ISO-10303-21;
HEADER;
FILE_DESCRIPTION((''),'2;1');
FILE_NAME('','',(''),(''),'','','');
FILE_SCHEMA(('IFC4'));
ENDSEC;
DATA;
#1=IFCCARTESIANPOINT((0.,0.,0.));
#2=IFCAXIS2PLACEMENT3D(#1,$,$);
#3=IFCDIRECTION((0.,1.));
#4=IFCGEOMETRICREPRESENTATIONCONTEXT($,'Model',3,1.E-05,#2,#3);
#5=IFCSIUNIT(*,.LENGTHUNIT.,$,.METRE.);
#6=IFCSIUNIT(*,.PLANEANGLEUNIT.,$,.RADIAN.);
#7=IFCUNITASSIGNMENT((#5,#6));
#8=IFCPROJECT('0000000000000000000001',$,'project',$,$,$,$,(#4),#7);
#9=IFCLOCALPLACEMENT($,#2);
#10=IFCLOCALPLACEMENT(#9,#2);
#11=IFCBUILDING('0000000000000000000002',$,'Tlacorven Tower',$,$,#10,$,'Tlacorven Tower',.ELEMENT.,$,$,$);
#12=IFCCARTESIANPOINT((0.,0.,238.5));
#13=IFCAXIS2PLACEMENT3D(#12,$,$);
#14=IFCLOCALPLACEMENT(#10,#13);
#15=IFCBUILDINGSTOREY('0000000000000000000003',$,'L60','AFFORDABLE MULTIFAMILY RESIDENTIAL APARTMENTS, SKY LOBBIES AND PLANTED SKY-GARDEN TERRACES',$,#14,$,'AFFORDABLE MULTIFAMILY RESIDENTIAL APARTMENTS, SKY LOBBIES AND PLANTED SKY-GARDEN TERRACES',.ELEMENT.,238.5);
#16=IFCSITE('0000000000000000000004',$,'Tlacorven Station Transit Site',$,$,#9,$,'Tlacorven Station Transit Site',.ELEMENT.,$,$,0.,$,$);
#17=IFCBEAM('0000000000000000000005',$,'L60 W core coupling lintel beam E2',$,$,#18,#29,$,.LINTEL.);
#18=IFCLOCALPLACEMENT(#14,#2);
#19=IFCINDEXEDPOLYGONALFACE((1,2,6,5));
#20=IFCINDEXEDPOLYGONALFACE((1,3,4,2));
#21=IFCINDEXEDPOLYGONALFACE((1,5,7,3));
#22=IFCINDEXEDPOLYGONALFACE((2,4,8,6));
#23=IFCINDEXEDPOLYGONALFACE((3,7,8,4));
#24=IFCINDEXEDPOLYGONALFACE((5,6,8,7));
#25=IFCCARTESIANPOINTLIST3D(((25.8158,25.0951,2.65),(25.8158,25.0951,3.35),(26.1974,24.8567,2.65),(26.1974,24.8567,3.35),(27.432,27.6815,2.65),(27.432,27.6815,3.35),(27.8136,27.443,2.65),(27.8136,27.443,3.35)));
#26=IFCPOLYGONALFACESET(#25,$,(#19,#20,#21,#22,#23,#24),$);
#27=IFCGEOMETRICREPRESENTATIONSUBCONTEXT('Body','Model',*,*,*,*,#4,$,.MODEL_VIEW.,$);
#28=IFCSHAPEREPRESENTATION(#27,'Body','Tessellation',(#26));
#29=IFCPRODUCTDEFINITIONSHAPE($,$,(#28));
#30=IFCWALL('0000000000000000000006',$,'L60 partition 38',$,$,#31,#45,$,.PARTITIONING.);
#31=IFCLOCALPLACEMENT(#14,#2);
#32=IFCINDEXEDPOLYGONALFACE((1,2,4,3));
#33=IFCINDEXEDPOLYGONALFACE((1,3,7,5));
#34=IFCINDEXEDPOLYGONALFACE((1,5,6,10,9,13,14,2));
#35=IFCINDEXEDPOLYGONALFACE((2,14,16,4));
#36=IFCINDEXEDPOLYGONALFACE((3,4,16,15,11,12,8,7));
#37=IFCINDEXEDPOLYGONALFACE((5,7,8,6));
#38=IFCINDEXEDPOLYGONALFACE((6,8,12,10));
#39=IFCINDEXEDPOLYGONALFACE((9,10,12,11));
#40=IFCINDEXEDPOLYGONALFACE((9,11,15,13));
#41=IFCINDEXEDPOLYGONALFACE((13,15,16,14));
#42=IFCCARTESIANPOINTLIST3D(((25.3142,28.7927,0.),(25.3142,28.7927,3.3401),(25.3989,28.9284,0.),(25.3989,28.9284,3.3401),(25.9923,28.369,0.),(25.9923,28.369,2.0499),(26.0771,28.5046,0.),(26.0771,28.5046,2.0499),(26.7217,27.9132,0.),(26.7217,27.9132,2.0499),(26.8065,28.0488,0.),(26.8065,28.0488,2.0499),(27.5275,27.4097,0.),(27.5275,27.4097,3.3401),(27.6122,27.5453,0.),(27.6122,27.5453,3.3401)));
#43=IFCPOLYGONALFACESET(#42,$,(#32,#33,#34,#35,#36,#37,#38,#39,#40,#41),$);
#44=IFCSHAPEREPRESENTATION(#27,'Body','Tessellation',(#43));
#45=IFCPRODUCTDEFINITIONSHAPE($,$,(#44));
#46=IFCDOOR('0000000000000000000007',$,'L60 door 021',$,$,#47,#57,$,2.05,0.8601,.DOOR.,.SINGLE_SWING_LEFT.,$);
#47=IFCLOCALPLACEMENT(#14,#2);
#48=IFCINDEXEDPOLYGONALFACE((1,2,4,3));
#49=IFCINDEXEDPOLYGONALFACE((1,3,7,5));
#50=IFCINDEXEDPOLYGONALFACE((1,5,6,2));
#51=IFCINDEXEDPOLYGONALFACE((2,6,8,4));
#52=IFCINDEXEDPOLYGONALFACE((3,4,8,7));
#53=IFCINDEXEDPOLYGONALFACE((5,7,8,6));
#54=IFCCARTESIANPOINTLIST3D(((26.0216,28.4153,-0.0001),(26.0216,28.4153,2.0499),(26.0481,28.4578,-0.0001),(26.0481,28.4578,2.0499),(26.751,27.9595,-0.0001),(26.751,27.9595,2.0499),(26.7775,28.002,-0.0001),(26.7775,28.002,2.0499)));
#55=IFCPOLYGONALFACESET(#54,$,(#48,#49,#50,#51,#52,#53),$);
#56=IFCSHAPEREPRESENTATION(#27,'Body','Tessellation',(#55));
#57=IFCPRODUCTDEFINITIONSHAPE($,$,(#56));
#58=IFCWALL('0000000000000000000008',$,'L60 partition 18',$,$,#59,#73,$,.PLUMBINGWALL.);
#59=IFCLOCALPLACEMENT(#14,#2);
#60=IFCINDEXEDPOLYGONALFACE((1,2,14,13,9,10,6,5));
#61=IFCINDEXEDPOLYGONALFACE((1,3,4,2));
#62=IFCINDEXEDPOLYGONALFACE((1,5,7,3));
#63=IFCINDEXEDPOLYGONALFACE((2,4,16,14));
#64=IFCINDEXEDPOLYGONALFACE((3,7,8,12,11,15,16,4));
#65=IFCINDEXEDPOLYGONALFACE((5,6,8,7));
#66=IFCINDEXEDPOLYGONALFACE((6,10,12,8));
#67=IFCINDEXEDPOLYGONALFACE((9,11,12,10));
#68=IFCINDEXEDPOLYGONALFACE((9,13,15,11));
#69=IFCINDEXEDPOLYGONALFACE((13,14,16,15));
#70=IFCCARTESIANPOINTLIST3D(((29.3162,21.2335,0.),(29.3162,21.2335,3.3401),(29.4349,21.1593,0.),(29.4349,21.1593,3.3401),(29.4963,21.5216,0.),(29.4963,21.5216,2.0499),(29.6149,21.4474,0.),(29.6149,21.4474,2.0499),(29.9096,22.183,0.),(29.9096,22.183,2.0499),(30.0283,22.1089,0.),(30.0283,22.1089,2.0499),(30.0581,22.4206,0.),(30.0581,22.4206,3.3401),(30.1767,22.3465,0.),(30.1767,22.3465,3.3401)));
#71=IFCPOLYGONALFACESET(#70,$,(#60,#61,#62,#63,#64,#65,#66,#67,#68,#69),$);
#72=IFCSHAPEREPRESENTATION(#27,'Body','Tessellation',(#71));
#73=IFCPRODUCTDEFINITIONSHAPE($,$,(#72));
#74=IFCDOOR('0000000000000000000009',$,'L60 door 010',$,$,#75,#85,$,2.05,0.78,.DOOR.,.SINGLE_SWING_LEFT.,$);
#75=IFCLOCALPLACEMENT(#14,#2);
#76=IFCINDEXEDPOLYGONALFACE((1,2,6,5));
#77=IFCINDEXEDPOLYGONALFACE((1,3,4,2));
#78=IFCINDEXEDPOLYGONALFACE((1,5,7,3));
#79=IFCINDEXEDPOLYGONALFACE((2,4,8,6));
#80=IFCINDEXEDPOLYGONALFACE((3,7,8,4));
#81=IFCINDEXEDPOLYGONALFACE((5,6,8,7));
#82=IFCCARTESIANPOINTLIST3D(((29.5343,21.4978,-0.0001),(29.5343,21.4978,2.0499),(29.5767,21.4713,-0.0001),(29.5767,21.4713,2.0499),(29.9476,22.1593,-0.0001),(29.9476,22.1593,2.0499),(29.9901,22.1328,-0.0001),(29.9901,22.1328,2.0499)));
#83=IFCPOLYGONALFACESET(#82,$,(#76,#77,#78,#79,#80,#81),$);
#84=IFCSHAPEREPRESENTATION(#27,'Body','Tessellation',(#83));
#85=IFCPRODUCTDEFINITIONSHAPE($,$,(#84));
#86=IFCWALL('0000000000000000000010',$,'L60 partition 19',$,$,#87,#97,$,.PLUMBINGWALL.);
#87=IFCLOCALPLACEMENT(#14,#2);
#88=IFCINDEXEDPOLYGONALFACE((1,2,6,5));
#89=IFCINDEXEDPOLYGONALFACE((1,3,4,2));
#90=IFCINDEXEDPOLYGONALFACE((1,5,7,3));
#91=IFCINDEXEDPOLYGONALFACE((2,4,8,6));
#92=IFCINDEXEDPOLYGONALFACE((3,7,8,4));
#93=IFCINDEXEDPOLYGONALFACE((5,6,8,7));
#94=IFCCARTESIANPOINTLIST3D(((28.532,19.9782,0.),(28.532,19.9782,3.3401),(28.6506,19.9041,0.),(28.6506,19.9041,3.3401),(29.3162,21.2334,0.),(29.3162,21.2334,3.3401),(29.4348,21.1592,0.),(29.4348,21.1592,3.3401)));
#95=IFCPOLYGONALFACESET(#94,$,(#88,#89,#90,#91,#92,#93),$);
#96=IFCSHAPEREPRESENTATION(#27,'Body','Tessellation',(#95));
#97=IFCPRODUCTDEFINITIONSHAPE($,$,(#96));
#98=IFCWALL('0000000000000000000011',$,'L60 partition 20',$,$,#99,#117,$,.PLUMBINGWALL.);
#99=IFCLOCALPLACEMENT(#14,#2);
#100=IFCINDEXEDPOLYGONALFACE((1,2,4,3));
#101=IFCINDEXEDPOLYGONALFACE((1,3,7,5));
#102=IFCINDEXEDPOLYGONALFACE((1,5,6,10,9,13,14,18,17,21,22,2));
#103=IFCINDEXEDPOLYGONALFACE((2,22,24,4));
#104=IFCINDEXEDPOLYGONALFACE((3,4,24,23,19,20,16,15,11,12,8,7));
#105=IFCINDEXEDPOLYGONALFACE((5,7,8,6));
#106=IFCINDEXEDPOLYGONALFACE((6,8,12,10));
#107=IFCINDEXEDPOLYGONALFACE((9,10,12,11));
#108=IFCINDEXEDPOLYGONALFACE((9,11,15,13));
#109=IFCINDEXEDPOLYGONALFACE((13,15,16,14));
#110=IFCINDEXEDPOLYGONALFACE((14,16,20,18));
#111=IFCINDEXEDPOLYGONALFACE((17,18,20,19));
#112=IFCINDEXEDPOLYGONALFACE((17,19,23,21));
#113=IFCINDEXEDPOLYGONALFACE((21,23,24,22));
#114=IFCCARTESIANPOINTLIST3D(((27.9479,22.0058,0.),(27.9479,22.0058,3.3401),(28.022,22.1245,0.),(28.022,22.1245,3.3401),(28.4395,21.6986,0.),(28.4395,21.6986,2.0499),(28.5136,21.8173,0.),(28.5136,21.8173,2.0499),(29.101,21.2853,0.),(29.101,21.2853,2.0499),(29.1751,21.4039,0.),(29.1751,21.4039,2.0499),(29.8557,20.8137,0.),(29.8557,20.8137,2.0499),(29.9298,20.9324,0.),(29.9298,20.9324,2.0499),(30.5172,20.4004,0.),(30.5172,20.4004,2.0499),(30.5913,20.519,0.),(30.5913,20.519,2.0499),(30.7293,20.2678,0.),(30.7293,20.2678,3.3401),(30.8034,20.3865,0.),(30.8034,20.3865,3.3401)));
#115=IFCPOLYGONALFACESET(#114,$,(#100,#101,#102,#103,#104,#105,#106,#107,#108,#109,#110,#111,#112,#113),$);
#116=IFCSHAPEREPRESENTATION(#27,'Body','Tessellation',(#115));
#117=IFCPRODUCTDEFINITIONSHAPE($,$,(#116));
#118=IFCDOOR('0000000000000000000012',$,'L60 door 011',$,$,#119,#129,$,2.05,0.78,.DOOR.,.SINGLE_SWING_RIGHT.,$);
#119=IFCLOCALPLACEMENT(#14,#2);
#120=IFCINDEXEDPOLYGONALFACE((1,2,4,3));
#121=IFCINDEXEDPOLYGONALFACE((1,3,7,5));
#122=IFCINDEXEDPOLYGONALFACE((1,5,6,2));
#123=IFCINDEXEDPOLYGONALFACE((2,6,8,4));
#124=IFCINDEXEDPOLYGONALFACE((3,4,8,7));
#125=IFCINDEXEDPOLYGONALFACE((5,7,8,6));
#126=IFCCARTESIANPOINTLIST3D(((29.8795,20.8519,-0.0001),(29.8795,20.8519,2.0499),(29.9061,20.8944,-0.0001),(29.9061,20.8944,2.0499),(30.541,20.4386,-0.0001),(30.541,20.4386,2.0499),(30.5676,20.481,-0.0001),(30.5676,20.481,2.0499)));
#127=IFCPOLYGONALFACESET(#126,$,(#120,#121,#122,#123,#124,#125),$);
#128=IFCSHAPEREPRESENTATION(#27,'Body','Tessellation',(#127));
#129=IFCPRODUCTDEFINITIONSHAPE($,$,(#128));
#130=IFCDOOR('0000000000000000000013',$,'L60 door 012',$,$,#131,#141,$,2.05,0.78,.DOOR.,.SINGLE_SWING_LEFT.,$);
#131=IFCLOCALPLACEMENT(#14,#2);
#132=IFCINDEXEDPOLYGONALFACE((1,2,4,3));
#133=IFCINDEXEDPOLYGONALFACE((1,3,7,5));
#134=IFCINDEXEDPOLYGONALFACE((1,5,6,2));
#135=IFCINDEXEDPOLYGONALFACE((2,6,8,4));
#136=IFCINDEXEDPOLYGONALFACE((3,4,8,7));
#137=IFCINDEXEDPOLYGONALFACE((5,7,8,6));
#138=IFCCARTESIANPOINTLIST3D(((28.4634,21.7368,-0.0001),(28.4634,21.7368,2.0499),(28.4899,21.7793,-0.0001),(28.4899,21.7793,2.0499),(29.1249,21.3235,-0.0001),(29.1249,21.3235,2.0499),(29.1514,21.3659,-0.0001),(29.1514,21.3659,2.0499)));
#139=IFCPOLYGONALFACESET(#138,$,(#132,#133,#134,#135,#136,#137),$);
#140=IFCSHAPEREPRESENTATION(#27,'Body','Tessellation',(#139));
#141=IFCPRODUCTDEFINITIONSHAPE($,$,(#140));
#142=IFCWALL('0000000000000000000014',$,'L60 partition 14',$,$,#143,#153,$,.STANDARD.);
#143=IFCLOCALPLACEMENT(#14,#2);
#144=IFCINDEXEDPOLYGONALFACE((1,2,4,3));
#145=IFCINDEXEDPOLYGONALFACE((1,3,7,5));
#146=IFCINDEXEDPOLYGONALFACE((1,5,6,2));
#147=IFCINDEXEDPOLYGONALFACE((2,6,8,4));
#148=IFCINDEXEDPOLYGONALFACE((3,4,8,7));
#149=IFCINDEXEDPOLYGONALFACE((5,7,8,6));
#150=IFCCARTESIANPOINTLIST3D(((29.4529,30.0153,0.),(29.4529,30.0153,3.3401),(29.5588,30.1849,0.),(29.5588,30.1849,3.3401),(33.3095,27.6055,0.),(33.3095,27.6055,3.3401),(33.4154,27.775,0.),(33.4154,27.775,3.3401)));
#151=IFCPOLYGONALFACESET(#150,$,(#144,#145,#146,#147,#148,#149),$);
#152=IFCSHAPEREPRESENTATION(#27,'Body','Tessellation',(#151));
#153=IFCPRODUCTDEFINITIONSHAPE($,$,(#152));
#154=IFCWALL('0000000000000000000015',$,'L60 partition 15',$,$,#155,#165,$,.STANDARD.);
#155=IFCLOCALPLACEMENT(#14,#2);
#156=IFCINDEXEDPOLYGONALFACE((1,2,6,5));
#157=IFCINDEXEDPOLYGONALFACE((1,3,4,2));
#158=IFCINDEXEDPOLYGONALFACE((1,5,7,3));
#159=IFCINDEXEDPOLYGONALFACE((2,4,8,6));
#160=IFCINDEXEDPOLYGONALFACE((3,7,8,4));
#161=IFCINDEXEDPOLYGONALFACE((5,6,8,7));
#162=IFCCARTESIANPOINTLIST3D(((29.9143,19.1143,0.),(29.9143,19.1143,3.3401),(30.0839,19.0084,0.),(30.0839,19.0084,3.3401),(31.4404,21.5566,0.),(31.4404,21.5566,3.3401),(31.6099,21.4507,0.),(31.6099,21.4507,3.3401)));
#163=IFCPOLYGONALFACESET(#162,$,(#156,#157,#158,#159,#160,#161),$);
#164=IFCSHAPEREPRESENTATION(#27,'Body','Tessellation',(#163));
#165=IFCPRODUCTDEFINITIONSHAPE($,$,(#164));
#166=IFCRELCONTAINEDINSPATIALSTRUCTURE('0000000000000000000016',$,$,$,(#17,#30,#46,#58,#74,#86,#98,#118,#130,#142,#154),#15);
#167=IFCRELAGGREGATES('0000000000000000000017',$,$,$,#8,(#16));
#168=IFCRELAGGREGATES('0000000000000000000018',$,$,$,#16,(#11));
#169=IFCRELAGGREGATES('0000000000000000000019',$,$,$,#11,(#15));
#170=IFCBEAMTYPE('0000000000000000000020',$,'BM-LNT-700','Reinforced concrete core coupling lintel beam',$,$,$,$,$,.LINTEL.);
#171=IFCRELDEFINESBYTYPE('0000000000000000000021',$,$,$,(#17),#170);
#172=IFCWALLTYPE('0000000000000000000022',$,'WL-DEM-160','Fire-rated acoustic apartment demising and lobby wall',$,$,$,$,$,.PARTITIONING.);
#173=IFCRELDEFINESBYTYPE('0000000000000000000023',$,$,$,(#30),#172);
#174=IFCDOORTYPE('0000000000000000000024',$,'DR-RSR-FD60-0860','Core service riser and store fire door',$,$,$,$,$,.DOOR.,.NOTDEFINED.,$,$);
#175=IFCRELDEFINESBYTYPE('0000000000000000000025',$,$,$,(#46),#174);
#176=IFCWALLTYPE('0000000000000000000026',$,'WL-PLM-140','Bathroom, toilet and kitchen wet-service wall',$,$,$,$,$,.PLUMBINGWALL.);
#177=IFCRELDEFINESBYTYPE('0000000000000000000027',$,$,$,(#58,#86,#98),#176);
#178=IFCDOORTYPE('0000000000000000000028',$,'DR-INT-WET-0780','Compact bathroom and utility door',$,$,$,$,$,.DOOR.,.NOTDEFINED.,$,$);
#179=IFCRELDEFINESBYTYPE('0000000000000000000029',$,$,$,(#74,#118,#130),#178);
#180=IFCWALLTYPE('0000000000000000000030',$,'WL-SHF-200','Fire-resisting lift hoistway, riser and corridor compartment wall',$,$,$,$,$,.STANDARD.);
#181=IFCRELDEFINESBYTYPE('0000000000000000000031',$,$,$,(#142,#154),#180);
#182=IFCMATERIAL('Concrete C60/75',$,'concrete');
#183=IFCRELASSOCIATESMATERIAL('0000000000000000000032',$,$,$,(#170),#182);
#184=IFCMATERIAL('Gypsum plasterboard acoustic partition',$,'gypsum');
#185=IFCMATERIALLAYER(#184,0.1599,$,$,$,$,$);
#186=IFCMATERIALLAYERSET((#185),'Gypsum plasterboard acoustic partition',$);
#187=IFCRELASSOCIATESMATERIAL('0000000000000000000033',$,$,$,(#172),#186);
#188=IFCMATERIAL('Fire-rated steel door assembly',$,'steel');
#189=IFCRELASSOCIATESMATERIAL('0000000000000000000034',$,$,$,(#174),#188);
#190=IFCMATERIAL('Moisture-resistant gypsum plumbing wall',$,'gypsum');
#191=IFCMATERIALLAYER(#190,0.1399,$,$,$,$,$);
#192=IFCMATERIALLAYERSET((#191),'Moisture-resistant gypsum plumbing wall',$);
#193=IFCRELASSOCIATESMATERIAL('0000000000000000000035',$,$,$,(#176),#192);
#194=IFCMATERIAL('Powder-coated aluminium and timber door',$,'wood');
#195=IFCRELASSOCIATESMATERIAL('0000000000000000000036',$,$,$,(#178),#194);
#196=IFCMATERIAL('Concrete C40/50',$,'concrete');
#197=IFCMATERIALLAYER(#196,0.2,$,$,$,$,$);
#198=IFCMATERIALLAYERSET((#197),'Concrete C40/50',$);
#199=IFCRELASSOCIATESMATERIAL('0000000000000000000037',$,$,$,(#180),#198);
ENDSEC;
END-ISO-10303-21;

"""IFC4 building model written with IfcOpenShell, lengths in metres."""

from ifc_helpers import new_model, si_unit, direction, frame, frame_2d, origin, origin_2d, place, context, subcontext, project, spatial, rectangle, extrude, source, transform, mapped, material, layer, layer_set, material_profile, profile_set, type_object, element, fill, save


model = new_model("IFC4")

# Units and contexts
model_context = context("Model", 3, precision=1e-05, world=origin(), true_north=direction((0.0, 1.0)))
body_context = subcontext(model_context, "Body", "Model", "MODEL_VIEW")
ifc_project = project(units=[si_unit("LENGTHUNIT", "METRE"), si_unit("PLANEANGLEUNIT", "RADIAN")], contexts=[model_context])

# Site, building, storey
site_placement = place(None, origin())
site = spatial("IfcSite", under=ifc_project, at=site_placement, Name="Tlacorven Station Transit Site", LongName="Tlacorven Station Transit Site", CompositionType="ELEMENT", RefElevation=0.0)
building_placement = place(site_placement, origin())
building = spatial("IfcBuilding", under=site, at=building_placement, Name="Tlacorven Tower", LongName="Tlacorven Tower", CompositionType="ELEMENT")
storey_placement = place(building_placement, frame((0.0, 0.0, 238.5)))
storey = spatial("IfcBuildingStorey", under=building, at=storey_placement, Name="L60", Description="AFFORDABLE MULTIFAMILY RESIDENTIAL APARTMENTS, SKY LOBBIES AND PLANTED SKY-GARDEN TERRACES", LongName="AFFORDABLE MULTIFAMILY RESIDENTIAL APARTMENTS, SKY LOBBIES AND PLANTED SKY-GARDEN TERRACES", CompositionType="ELEMENT", Elevation=238.5)

# Beam
ifc_material_1 = material(Name="Concrete C60/75", Category="concrete")
ifc_material_profile = material_profile(ifc_material_1, rectangle(XDim=0.45, YDim=0.7, at=origin_2d()), Name="RC 450X700")
ifc_profile_set = profile_set([ifc_material_profile], Name="Concrete C60/75")
beam_type = type_object("IfcBeamType", Name="BM-LNT-700", Description="Reinforced concrete core coupling lintel beam", PredefinedType="LINTEL", material=ifc_profile_set)
shared_shape_1 = source(origin(), body_context, "Body", "SweptSolid", [
    extrude(rectangle(XDim=0.45, YDim=0.7, at=origin_2d()), origin(), (0.0, 0.0, 1.0), 3.0498),
])
beam_placement = place(storey_placement, frame((27.6228, 27.5623, 3.0), z_axis=(-0.529927, -0.848043, 0.0), x_axis=(0.848043, -0.529927, 0.0)))
element("IfcBeam", 1, at=beam_placement, inside=storey, type_object=beam_type, Name="L60 W core coupling lintel beam E2", PredefinedType="LINTEL", context=body_context, shape_type="MappedRepresentation", body=[
    mapped(shared_shape_1, transform((0.0, 0.0, 0.0), scale=1.0)),
])

# Walls, openings, doors
ifc_material_2 = material(Name="Gypsum plasterboard acoustic partition", Category="gypsum")
ifc_layer_1 = layer(ifc_material_2, 0.1599)
ifc_layer_set_1 = layer_set([ifc_layer_1], Name="Gypsum plasterboard acoustic partition")
wall_type_1 = type_object("IfcWallType", Name="WL-DEM-160", Description="Fire-rated acoustic apartment demising and lobby wall", PredefinedType="PARTITIONING", material=ifc_layer_set_1)
wall_1_placement = place(storey_placement, frame((27.5698, 27.4775, 0.0), z_axis=(0.0, 0.0, 1.0), x_axis=(-0.848051, 0.529915, 0.0)))
wall_1 = element("IfcWall", 2, at=wall_1_placement, inside=storey, type_object=wall_type_1, Name="L60 partition 38", PredefinedType="PARTITIONING", context=body_context, shape_type="SweptSolid", body=[
    extrude(rectangle(XDim=2.6099, YDim=0.1599, at=frame_2d((1.3049, 0.0))), origin(), (0.0, 0.0, 1.0), 3.3401),
])
opening_1_placement = place(wall_1_placement, frame((0.95, 0.0, 0.0)))
opening_1 = element("IfcOpeningElement", 3, at=opening_1_placement, cuts=wall_1, PredefinedType="OPENING", context=body_context, shape_type="SweptSolid", body=[
    extrude(rectangle(XDim=0.8601, YDim=2.05, at=frame_2d((0.4302, 1.0249))), frame((0.0, 0.0898, 0.0), z_axis=(0.0, -1.0, 0.0), x_axis=(1.0, 0.0, 0.0)), (0.0, 0.0, 1.0), 0.1799),
])
ifc_material_3 = material(Name="Fire-rated steel door assembly", Category="steel")
door_type_1 = type_object("IfcDoorType", Name="DR-RSR-FD60-0860", Description="Core service riser and store fire door", OperationType="NOTDEFINED", PredefinedType="DOOR", material=ifc_material_3)
shared_shape_2 = source(origin(), body_context, "Body", "SweptSolid", [
    extrude(rectangle(XDim=0.8601, YDim=2.05, at=frame_2d((0.4302, 1.0249))), frame((0.0, 0.0249, 0.0), z_axis=(0.0, -1.0, 0.0), x_axis=(1.0, 0.0, 0.0)), (0.0, 0.0, 1.0), 0.05),
])
door_1_placement = place(opening_1_placement, frame((0.8601, 0.0, 0.0), z_axis=(0.0, 0.0, 1.0), x_axis=(-1.0, 0.0, 0.0)))
door_1 = element("IfcDoor", 4, at=door_1_placement, inside=storey, type_object=door_type_1, Name="L60 door 021", OperationType="SINGLE_SWING_LEFT", OverallHeight=2.05, OverallWidth=0.8601, PredefinedType="DOOR", context=body_context, shape_type="MappedRepresentation", body=[
    mapped(shared_shape_2, transform((0.0, 0.0, 0.0), scale=1.0)),
])
fill(opening_1, door_1)
ifc_material_4 = material(Name="Moisture-resistant gypsum plumbing wall", Category="gypsum")
ifc_layer_2 = layer(ifc_material_4, 0.1399)
ifc_layer_set_2 = layer_set([ifc_layer_2], Name="Moisture-resistant gypsum plumbing wall")
wall_type_2 = type_object("IfcWallType", Name="WL-PLM-140", Description="Bathroom, toilet and kitchen wet-service wall", PredefinedType="PLUMBINGWALL", material=ifc_layer_set_2)
wall_2_placement = place(storey_placement, frame((30.1174, 22.3835, 0.0), z_axis=(0.0, 0.0, 1.0), x_axis=(-0.529952, -0.848028, 0.0)))
wall_2 = element("IfcWall", 5, at=wall_2_placement, inside=storey, type_object=wall_type_2, Name="L60 partition 18", PredefinedType="PLUMBINGWALL", context=body_context, shape_type="SweptSolid", body=[
    extrude(rectangle(XDim=1.3999, YDim=0.1399, at=frame_2d((0.7, 0.0))), origin(), (0.0, 0.0, 1.0), 3.3401),
])
opening_2_placement = place(wall_2_placement, frame((0.28, 0.0, 0.0)))
opening_2 = element("IfcOpeningElement", 6, at=opening_2_placement, cuts=wall_2, PredefinedType="OPENING", context=body_context, shape_type="SweptSolid", body=[
    extrude(rectangle(XDim=0.78, YDim=2.05, at=frame_2d((0.3901, 1.0249))), frame((0.0, 0.0801, 0.0), z_axis=(0.0, -1.0, 0.0), x_axis=(1.0, 0.0, 0.0)), (0.0, 0.0, 1.0), 0.1599),
])
ifc_material_5 = material(Name="Powder-coated aluminium and timber door", Category="wood")
door_type_2 = type_object("IfcDoorType", Name="DR-INT-WET-0780", Description="Compact bathroom and utility door", OperationType="NOTDEFINED", PredefinedType="DOOR", material=ifc_material_5)
shared_shape_3 = source(origin(), body_context, "Body", "SweptSolid", [
    extrude(rectangle(XDim=0.78, YDim=2.05, at=frame_2d((0.3901, 1.0249))), frame((0.0, 0.0249, 0.0), z_axis=(0.0, -1.0, 0.0), x_axis=(1.0, 0.0, 0.0)), (0.0, 0.0, 1.0), 0.05),
])
door_2_placement = place(opening_2_placement, origin())
door_2 = element("IfcDoor", 7, at=door_2_placement, inside=storey, type_object=door_type_2, Name="L60 door 010", OperationType="SINGLE_SWING_LEFT", OverallHeight=2.05, OverallWidth=0.78, PredefinedType="DOOR", context=body_context, shape_type="MappedRepresentation", body=[
    mapped(shared_shape_3, transform((0.0, 0.0, 0.0), scale=1.0)),
])
fill(opening_2, door_2)

# Wall
wall_3_placement = place(storey_placement, frame((29.3755, 21.1963, 0.0), z_axis=(0.0, 0.0, 1.0), x_axis=(-0.529865, -0.848082, 0.0)))
element("IfcWall", 8, at=wall_3_placement, inside=storey, type_object=wall_type_2, Name="L60 partition 19", PredefinedType="PLUMBINGWALL", context=body_context, shape_type="SweptSolid", body=[
    extrude(rectangle(XDim=1.48, YDim=0.1399, at=frame_2d((0.74, 0.0))), origin(), (0.0, 0.0, 1.0), 3.3401),
])

# Wall, openings, doors
wall_4_placement = place(storey_placement, frame((30.7664, 20.3271, 0.0), z_axis=(0.0, 0.0, 1.0), x_axis=(-0.848053, 0.529912, 0.0)))
wall_4 = element("IfcWall", 9, at=wall_4_placement, inside=storey, type_object=wall_type_2, Name="L60 partition 20", PredefinedType="PLUMBINGWALL", context=body_context, shape_type="SweptSolid", body=[
    extrude(rectangle(XDim=3.2798, YDim=0.1399, at=frame_2d((1.6399, 0.0))), origin(), (0.0, 0.0, 1.0), 3.3401),
])
opening_3_placement = place(wall_4_placement, frame((0.25, 0.0, 0.0)))
opening_3 = element("IfcOpeningElement", 10, at=opening_3_placement, cuts=wall_4, PredefinedType="OPENING", context=body_context, shape_type="SweptSolid", body=[
    extrude(rectangle(XDim=0.78, YDim=2.05, at=frame_2d((0.3901, 1.0249))), frame((0.0, 0.0801, 0.0), z_axis=(0.0, -1.0, 0.0), x_axis=(1.0, 0.0, 0.0)), (0.0, 0.0, 1.0), 0.1599),
])
opening_4_placement = place(wall_4_placement, frame((1.9199, 0.0, 0.0)))
opening_4 = element("IfcOpeningElement", 11, at=opening_4_placement, cuts=wall_4, PredefinedType="OPENING", context=body_context, shape_type="SweptSolid", body=[
    extrude(rectangle(XDim=0.78, YDim=2.05, at=frame_2d((0.3901, 1.0249))), frame((0.0, 0.0801, 0.0), z_axis=(0.0, -1.0, 0.0), x_axis=(1.0, 0.0, 0.0)), (0.0, 0.0, 1.0), 0.1599),
])
door_3_placement = place(opening_3_placement, origin())
door_3 = element("IfcDoor", 12, at=door_3_placement, inside=storey, type_object=door_type_2, Name="L60 door 011", OperationType="SINGLE_SWING_RIGHT", OverallHeight=2.05, OverallWidth=0.78, PredefinedType="DOOR", context=body_context, shape_type="MappedRepresentation", body=[
    mapped(shared_shape_3, transform((0.0, 0.0, 0.0), scale=1.0)),
])
fill(opening_3, door_3)
door_4_placement = place(opening_4_placement, origin())
door_4 = element("IfcDoor", 13, at=door_4_placement, inside=storey, type_object=door_type_2, Name="L60 door 012", OperationType="SINGLE_SWING_LEFT", OverallHeight=2.05, OverallWidth=0.78, PredefinedType="DOOR", context=body_context, shape_type="MappedRepresentation", body=[
    mapped(shared_shape_3, transform((0.0, 0.0, 0.0), scale=1.0)),
])
fill(opening_4, door_4)
ifc_material_6 = material(Name="Concrete C40/50", Category="concrete")
ifc_layer_3 = layer(ifc_material_6, 0.2)
ifc_layer_set_3 = layer_set([ifc_layer_3], Name="Concrete C40/50")
wall_type_3 = type_object("IfcWallType", Name="WL-SHF-200", Description="Fire-resisting lift hoistway, riser and corridor compartment wall", PredefinedType="STANDARD", material=ifc_layer_set_3)

# Walls
wall_5_placement = place(storey_placement, frame((33.3625, 27.6902, 0.0), z_axis=(0.0, 0.0, 1.0), x_axis=(-0.84805, 0.529917, 0.0)))
element("IfcWall", 14, at=wall_5_placement, inside=storey, type_object=wall_type_3, Name="L60 partition 14", PredefinedType="STANDARD", context=body_context, shape_type="SweptSolid", body=[
    extrude(rectangle(XDim=4.5476, YDim=0.2, at=frame_2d((2.2739, 0.0))), origin(), (0.0, 0.0, 1.0), 3.3401),
])
for number, where, z_axis, x_axis, name in (
    (15, (31.5251, 21.5037, 0.0), (0.0, 0.0, 1.0), (-0.529907, -0.848055, 0.0), "L60 partition 15"),
):
    element("IfcWall", number, at=place(storey_placement, frame(where, z_axis=z_axis, x_axis=x_axis)), inside=storey, type_object=wall_type_3, Name=name, PredefinedType="STANDARD", context=body_context, shape_type="SweptSolid", body=[
        extrude(rectangle(XDim=2.8799, YDim=0.2, at=frame_2d((1.4399, 0.0))), origin(), (0.0, 0.0, 1.0), 3.3401),
    ])

save(model, "model.ifc")
